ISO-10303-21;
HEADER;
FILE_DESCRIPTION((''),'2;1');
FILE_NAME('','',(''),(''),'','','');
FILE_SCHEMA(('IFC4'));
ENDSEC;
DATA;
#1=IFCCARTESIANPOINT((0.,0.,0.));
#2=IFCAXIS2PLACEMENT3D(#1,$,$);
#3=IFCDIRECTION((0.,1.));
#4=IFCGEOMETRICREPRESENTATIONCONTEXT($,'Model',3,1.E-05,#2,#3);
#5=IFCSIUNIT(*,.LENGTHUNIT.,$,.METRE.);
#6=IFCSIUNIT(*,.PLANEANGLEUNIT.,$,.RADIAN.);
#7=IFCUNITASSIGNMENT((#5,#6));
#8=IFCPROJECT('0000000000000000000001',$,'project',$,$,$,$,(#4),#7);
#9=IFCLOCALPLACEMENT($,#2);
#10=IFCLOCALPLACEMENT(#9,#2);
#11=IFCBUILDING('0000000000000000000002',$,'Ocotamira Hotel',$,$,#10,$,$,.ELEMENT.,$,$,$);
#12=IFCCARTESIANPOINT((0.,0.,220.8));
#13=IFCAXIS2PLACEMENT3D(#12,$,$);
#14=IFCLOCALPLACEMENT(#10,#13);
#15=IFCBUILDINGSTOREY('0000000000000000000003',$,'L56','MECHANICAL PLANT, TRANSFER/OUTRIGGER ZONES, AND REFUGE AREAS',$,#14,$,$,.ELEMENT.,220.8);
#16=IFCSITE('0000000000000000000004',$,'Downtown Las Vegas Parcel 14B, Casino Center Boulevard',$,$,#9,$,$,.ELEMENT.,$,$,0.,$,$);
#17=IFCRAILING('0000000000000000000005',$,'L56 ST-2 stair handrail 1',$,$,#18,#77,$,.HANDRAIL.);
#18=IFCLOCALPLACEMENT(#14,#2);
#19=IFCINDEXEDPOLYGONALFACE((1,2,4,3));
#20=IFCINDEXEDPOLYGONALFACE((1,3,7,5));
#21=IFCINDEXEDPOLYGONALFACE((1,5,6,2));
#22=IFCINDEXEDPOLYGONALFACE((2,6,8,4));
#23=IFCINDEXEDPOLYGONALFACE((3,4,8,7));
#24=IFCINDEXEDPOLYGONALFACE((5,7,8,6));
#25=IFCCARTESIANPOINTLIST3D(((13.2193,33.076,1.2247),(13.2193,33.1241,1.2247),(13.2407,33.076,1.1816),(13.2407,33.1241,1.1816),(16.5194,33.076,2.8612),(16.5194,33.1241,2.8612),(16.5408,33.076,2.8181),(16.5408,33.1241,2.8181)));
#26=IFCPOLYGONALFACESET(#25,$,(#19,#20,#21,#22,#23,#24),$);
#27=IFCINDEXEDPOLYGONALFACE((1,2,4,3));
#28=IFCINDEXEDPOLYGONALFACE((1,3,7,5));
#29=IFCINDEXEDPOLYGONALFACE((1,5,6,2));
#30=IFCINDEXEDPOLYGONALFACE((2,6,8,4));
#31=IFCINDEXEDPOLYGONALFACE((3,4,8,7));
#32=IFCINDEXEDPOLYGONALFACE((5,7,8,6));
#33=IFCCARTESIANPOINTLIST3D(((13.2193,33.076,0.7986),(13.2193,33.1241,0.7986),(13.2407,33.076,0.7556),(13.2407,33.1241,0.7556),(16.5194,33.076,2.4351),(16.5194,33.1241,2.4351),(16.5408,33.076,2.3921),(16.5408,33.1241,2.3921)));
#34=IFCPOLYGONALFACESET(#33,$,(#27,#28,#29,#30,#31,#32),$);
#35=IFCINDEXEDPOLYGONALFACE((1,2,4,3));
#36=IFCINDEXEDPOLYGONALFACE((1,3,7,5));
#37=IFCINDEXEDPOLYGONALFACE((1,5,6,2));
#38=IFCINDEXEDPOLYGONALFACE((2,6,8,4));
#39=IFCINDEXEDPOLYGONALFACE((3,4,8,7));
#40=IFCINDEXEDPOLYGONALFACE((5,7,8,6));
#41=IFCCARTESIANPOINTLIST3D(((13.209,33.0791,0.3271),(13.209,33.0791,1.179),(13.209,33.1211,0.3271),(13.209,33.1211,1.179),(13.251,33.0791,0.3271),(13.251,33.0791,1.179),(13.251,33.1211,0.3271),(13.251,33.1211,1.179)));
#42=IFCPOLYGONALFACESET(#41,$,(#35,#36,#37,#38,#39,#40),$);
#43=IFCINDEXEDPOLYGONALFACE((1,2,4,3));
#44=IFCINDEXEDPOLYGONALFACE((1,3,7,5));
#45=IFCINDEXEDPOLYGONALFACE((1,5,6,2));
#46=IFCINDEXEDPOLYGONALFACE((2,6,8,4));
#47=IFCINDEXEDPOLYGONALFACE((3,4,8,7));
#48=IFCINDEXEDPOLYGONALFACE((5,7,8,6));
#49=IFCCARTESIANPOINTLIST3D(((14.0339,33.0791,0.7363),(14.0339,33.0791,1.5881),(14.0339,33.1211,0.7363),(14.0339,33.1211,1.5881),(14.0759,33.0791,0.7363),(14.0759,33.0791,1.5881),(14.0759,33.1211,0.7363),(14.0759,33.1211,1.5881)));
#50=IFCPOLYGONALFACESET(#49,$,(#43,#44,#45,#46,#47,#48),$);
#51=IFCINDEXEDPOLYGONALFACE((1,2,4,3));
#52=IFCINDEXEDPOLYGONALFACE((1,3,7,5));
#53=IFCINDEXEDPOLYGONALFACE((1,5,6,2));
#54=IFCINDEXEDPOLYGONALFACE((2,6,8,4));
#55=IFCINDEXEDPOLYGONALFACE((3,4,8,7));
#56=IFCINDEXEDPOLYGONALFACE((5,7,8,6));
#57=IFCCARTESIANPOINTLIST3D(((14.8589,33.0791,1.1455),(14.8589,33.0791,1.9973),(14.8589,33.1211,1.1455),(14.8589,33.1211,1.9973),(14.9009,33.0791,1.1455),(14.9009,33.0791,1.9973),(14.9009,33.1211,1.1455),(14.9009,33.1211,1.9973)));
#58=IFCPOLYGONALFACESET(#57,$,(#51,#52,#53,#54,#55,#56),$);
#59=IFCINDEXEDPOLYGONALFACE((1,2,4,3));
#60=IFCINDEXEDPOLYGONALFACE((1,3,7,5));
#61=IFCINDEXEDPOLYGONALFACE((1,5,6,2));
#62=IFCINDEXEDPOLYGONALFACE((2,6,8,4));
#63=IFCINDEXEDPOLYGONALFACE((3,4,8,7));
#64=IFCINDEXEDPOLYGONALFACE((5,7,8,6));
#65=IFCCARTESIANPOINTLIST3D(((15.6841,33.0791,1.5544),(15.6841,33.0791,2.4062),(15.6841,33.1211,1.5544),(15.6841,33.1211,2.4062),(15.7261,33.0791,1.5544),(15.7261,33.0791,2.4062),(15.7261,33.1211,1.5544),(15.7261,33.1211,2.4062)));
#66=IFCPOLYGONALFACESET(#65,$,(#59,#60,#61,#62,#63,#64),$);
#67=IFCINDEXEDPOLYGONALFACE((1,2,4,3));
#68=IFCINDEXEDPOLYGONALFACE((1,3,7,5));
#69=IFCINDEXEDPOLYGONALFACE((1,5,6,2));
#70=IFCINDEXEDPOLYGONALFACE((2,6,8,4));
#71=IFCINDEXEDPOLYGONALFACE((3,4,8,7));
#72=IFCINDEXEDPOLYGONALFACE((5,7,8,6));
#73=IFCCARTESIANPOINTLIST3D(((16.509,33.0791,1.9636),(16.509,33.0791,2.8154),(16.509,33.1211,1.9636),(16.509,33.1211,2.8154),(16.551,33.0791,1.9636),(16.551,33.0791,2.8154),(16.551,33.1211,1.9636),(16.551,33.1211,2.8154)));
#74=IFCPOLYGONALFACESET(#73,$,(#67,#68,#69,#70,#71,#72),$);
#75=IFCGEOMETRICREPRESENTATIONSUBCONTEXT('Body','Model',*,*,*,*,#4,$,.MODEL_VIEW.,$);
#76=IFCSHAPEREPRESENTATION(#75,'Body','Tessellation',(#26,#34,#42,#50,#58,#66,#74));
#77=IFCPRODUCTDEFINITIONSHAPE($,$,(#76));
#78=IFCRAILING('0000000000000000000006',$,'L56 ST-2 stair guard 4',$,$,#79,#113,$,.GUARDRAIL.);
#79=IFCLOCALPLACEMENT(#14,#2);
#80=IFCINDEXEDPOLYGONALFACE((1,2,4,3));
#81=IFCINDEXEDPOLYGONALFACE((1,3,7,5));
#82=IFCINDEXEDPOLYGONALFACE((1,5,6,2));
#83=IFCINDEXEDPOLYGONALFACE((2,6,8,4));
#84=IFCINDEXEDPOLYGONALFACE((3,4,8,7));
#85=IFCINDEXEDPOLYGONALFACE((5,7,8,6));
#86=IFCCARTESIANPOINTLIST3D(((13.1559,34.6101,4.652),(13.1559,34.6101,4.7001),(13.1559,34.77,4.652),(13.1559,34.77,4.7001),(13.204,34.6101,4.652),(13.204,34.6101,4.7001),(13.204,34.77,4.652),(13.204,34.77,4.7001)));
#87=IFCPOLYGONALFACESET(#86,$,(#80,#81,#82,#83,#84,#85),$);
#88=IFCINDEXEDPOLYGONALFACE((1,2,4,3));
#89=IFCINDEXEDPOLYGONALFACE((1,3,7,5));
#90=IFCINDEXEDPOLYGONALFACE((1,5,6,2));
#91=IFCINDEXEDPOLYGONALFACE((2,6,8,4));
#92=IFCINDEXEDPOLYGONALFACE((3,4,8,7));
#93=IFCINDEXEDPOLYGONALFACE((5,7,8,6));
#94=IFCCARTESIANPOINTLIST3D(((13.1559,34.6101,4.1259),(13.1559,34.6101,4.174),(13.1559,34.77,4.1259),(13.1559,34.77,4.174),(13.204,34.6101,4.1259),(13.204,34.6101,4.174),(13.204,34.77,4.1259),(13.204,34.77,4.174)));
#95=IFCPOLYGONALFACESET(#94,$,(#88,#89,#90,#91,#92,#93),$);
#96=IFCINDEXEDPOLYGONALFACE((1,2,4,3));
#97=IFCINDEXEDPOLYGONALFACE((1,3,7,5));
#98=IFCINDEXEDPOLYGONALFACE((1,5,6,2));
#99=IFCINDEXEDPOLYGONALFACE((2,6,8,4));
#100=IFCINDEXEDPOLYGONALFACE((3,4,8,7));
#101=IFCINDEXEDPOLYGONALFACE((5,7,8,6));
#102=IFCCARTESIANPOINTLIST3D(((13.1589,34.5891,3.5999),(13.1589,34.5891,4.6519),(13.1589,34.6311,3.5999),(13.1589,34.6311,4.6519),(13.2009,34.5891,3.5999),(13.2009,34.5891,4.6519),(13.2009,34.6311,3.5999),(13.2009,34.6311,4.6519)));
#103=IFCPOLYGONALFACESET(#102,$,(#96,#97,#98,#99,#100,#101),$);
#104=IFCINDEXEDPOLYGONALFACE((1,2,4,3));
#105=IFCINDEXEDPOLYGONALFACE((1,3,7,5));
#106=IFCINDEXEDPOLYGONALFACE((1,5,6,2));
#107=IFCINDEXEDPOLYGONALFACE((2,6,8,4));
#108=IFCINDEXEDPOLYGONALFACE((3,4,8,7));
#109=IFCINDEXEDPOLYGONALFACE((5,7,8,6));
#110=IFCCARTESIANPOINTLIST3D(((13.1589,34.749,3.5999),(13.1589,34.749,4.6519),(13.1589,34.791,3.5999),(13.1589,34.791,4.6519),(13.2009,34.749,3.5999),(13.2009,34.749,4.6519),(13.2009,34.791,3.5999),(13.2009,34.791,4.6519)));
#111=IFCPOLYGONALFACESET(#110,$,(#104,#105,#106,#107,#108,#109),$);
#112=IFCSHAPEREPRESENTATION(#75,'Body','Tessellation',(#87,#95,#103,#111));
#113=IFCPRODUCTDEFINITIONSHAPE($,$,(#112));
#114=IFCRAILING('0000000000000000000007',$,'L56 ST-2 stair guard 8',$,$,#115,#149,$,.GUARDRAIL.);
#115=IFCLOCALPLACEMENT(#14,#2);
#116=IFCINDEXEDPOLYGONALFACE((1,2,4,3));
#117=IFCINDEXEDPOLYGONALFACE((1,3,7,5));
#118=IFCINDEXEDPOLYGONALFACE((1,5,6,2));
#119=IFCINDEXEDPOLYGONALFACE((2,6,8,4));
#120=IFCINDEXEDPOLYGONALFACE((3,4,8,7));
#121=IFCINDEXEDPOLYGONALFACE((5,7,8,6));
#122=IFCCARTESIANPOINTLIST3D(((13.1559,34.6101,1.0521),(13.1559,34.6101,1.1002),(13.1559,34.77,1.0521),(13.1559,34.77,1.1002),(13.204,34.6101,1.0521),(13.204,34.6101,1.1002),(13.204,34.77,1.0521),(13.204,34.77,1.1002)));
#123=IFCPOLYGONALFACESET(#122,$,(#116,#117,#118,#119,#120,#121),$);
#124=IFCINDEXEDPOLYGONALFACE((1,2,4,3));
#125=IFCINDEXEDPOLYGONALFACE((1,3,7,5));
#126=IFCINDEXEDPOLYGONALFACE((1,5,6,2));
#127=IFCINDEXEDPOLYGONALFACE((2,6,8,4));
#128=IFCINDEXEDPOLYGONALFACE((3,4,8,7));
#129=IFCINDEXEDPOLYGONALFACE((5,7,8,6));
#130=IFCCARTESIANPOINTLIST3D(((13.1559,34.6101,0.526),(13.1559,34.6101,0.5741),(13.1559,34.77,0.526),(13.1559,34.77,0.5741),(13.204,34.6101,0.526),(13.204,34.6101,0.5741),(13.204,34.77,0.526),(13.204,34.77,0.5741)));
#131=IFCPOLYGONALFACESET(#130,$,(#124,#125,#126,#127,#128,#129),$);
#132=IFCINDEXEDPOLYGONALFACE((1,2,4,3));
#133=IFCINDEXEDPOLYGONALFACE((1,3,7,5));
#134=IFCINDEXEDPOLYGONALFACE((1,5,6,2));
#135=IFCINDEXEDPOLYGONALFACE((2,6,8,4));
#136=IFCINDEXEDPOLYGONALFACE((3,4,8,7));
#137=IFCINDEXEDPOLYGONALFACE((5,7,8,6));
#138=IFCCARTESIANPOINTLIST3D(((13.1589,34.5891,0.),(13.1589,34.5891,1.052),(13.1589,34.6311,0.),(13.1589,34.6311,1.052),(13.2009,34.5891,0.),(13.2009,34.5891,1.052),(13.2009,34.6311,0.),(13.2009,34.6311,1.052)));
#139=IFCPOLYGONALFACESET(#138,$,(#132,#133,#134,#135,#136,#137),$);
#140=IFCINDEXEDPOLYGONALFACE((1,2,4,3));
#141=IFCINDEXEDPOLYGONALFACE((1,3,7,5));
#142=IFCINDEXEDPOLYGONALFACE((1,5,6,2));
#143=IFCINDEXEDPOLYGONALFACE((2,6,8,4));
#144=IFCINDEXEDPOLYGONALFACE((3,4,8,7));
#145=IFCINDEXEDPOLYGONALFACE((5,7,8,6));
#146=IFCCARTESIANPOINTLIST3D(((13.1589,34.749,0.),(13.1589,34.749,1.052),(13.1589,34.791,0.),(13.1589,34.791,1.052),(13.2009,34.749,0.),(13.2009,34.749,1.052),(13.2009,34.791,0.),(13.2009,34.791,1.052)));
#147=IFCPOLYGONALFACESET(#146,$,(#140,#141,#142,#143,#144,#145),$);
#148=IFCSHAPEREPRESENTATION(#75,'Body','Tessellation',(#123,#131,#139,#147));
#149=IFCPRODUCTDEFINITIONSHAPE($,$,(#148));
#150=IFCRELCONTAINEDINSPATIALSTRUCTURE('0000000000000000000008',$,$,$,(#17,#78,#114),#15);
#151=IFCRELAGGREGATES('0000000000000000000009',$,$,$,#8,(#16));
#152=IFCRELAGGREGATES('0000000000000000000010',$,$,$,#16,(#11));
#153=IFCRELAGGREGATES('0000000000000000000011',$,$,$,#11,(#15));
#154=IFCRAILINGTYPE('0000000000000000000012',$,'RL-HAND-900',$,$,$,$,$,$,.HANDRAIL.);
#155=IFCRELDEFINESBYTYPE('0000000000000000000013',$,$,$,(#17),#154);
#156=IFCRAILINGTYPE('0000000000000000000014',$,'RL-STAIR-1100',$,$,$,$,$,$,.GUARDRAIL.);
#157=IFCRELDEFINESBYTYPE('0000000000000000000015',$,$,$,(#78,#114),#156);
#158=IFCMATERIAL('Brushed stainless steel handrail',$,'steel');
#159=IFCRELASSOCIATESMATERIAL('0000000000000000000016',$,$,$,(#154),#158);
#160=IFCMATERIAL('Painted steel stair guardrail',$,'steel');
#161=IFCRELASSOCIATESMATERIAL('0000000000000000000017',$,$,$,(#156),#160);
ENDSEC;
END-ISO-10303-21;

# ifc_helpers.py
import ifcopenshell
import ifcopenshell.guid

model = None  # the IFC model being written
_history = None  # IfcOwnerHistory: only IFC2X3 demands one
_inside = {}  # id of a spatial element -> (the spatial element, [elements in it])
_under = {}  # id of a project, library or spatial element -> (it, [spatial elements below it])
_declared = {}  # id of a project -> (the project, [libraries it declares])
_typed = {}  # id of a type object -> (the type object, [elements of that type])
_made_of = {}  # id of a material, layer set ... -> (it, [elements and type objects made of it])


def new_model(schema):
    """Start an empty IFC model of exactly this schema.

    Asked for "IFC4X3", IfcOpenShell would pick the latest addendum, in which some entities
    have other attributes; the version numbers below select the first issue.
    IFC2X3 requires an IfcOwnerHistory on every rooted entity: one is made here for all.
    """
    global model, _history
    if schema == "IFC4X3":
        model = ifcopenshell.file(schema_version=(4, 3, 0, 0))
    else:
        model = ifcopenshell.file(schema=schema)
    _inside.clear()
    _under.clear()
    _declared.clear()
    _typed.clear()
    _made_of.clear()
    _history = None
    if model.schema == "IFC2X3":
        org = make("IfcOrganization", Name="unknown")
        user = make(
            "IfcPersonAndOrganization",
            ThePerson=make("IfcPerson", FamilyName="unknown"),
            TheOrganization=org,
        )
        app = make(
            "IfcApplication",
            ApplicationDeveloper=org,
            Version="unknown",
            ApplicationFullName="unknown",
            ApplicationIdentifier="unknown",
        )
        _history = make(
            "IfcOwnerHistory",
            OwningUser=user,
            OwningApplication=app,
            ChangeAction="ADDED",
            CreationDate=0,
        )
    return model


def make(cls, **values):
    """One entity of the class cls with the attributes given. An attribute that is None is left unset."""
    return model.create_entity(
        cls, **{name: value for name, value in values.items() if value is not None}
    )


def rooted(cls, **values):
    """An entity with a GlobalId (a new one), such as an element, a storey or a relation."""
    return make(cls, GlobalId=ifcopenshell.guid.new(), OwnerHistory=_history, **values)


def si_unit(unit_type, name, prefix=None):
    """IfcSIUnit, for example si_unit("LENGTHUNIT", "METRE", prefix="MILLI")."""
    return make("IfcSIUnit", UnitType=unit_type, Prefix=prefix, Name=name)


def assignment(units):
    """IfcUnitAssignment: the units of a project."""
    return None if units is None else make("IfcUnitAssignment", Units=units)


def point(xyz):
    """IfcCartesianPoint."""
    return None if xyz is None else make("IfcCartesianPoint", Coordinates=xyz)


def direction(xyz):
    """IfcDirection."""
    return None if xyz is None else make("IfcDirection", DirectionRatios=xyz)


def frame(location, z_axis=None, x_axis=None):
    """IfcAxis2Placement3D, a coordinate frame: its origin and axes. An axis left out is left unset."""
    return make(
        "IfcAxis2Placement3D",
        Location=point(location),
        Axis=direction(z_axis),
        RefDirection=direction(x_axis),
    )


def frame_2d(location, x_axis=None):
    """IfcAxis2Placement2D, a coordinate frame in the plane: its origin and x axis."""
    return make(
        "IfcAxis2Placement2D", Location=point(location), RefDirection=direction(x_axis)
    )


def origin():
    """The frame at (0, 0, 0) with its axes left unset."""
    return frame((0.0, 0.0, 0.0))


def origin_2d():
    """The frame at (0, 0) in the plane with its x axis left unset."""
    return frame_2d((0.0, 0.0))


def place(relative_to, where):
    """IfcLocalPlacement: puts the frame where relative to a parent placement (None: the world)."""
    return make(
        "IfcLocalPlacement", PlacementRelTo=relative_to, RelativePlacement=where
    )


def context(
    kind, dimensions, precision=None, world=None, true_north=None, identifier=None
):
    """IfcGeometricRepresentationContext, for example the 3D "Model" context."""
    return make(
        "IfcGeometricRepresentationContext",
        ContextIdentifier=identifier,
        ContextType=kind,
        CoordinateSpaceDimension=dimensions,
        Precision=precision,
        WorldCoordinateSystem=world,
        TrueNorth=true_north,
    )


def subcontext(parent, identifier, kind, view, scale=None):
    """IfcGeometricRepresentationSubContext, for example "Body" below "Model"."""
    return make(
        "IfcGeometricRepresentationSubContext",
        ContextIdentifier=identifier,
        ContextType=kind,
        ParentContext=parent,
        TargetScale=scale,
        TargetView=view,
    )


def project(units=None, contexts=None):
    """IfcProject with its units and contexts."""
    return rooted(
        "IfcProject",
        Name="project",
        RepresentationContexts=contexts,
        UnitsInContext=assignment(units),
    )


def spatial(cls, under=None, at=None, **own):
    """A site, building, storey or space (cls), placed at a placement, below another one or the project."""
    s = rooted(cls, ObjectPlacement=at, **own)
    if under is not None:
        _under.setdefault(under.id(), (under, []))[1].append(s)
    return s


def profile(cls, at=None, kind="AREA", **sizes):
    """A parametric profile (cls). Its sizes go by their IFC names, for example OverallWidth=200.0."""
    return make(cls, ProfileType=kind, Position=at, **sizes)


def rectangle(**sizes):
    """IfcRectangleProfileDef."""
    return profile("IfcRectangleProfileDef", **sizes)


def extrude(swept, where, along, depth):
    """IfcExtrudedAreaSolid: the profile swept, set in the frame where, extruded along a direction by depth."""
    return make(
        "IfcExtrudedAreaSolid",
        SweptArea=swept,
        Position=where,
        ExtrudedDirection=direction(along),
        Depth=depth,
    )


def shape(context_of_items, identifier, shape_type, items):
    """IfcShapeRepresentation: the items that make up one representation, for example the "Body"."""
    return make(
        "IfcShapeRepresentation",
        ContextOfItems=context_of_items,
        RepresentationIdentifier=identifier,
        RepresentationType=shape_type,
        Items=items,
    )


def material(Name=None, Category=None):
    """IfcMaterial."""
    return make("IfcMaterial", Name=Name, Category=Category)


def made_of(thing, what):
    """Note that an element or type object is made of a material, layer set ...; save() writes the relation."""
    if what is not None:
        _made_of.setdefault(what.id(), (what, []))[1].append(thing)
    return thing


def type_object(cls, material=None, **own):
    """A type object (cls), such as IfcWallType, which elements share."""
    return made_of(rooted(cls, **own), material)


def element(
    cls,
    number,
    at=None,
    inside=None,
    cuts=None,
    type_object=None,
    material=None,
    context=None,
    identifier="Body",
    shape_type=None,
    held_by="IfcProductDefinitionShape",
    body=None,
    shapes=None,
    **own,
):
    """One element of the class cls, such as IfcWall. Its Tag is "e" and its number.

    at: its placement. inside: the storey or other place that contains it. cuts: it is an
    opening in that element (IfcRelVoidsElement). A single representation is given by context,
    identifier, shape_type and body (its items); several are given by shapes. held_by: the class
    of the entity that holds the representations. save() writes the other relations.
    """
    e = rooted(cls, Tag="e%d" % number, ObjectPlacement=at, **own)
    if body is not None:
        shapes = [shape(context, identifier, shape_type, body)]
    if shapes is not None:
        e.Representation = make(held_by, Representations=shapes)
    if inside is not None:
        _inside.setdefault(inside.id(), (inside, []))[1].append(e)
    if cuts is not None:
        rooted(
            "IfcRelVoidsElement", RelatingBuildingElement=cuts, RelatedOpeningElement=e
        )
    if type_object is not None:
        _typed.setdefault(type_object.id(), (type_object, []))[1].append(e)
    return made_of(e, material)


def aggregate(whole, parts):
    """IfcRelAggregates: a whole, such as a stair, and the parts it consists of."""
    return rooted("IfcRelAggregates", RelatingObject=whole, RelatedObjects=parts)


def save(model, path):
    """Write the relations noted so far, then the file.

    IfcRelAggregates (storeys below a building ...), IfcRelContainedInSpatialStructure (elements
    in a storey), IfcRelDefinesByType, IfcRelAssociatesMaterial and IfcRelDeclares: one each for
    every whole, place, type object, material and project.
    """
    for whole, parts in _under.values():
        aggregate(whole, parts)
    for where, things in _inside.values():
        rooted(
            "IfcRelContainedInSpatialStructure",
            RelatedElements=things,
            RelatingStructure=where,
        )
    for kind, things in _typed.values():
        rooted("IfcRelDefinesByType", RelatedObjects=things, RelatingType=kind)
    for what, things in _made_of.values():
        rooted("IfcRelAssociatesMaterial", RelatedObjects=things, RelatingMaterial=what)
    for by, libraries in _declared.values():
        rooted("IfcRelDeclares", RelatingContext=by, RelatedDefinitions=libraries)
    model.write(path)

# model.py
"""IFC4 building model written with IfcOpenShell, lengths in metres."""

from ifc_helpers import new_model, si_unit, direction, frame, origin, origin_2d, place, context, subcontext, project, spatial, rectangle, extrude, material, type_object, element, save


model = new_model("IFC4")

# Units and contexts
model_context = context("Model", 3, precision=1e-05, world=origin(), true_north=direction((0.0, 1.0)))
body_context = subcontext(model_context, "Body", "Model", "MODEL_VIEW")
ifc_project = project(units=[si_unit("LENGTHUNIT", "METRE"), si_unit("PLANEANGLEUNIT", "RADIAN")], contexts=[model_context])

# Site, building, storey
site_placement = place(None, origin())
site = spatial("IfcSite", under=ifc_project, at=site_placement, Name="Downtown Las Vegas Parcel 14B, Casino Center Boulevard", CompositionType="ELEMENT", RefElevation=0.0)
building_placement = place(site_placement, origin())
building = spatial("IfcBuilding", under=site, at=building_placement, Name="Ocotamira Hotel", CompositionType="ELEMENT")
storey_placement = place(building_placement, frame((0.0, 0.0, 220.8)))
storey = spatial("IfcBuildingStorey", under=building, at=storey_placement, Name="L56", Description="MECHANICAL PLANT, TRANSFER/OUTRIGGER ZONES, AND REFUGE AREAS", CompositionType="ELEMENT", Elevation=220.8)

# Railings
ifc_material_1 = material(Name="Brushed stainless steel handrail", Category="steel")
railing_type_1 = type_object("IfcRailingType", Name="RL-HAND-900", PredefinedType="HANDRAIL", material=ifc_material_1)
railing_placement = place(storey_placement, frame((13.23, 33.1001, 0.3271)))
element("IfcRailing", 1, at=railing_placement, inside=storey, type_object=railing_type_1, Name="L56 ST-2 stair handrail 1", PredefinedType="HANDRAIL", context=body_context, shape_type="SweptSolid", body=[
    extrude(rectangle(XDim=0.0481, YDim=0.0481, at=origin_2d()), frame((0.0, 0.0, 0.876), z_axis=(0.895894, 0.0, 0.444268), x_axis=(0.0, 1.0, 0.0)), (0.0, 0.0, 1.0), 3.6836),
    extrude(rectangle(XDim=0.0481, YDim=0.0481, at=origin_2d()), frame((0.0, 0.0, 0.45), z_axis=(0.895894, 0.0, 0.444268), x_axis=(0.0, 1.0, 0.0)), (0.0, 0.0, 1.0), 3.6836),
    extrude(rectangle(XDim=0.042, YDim=0.042, at=origin_2d()), origin(), (0.0, 0.0, 1.0), 0.8518),
    extrude(rectangle(XDim=0.042, YDim=0.042, at=origin_2d()), frame((0.825, 0.0, 0.4092)), (0.0, 0.0, 1.0), 0.8518),
    extrude(rectangle(XDim=0.042, YDim=0.042, at=origin_2d()), frame((1.6499, 0.0, 0.8184)), (0.0, 0.0, 1.0), 0.8518),
    extrude(rectangle(XDim=0.042, YDim=0.042, at=origin_2d()), frame((2.4751, 0.0, 1.2273)), (0.0, 0.0, 1.0), 0.8518),
    extrude(rectangle(XDim=0.042, YDim=0.042, at=origin_2d()), frame((3.3, 0.0, 1.6365)), (0.0, 0.0, 1.0), 0.8518),
])
ifc_material_2 = material(Name="Painted steel stair guardrail", Category="steel")
railing_type_2 = type_object("IfcRailingType", Name="RL-STAIR-1100", PredefinedType="GUARDRAIL", material=ifc_material_2)
for number, where, name in (
    (2, (13.1799, 34.6101, 3.5999), "L56 ST-2 stair guard 4"),
    (3, (13.1799, 34.6101, 0.0), "L56 ST-2 stair guard 8"),
):
    element("IfcRailing", number, at=place(storey_placement, frame(where)), inside=storey, type_object=railing_type_2, Name=name, PredefinedType="GUARDRAIL", context=body_context, shape_type="SweptSolid", body=[
        extrude(rectangle(XDim=0.0481, YDim=0.0481, at=origin_2d()), frame((0.0, 0.0, 1.0762), z_axis=(0.0, 1.0, 0.0), x_axis=(-1.0, 0.0, 0.0)), (0.0, 0.0, 1.0), 0.1599),
        extrude(rectangle(XDim=0.0481, YDim=0.0481, at=origin_2d()), frame((0.0, 0.0, 0.55), z_axis=(0.0, 1.0, 0.0), x_axis=(-1.0, 0.0, 0.0)), (0.0, 0.0, 1.0), 0.1599),
        extrude(rectangle(XDim=0.042, YDim=0.042, at=origin_2d()), origin(), (0.0, 0.0, 1.0), 1.052),
        extrude(rectangle(XDim=0.042, YDim=0.042, at=origin_2d()), frame((0.0, 0.1599, 0.0)), (0.0, 0.0, 1.0), 1.052),
    ])

save(model, "model.ifc")
